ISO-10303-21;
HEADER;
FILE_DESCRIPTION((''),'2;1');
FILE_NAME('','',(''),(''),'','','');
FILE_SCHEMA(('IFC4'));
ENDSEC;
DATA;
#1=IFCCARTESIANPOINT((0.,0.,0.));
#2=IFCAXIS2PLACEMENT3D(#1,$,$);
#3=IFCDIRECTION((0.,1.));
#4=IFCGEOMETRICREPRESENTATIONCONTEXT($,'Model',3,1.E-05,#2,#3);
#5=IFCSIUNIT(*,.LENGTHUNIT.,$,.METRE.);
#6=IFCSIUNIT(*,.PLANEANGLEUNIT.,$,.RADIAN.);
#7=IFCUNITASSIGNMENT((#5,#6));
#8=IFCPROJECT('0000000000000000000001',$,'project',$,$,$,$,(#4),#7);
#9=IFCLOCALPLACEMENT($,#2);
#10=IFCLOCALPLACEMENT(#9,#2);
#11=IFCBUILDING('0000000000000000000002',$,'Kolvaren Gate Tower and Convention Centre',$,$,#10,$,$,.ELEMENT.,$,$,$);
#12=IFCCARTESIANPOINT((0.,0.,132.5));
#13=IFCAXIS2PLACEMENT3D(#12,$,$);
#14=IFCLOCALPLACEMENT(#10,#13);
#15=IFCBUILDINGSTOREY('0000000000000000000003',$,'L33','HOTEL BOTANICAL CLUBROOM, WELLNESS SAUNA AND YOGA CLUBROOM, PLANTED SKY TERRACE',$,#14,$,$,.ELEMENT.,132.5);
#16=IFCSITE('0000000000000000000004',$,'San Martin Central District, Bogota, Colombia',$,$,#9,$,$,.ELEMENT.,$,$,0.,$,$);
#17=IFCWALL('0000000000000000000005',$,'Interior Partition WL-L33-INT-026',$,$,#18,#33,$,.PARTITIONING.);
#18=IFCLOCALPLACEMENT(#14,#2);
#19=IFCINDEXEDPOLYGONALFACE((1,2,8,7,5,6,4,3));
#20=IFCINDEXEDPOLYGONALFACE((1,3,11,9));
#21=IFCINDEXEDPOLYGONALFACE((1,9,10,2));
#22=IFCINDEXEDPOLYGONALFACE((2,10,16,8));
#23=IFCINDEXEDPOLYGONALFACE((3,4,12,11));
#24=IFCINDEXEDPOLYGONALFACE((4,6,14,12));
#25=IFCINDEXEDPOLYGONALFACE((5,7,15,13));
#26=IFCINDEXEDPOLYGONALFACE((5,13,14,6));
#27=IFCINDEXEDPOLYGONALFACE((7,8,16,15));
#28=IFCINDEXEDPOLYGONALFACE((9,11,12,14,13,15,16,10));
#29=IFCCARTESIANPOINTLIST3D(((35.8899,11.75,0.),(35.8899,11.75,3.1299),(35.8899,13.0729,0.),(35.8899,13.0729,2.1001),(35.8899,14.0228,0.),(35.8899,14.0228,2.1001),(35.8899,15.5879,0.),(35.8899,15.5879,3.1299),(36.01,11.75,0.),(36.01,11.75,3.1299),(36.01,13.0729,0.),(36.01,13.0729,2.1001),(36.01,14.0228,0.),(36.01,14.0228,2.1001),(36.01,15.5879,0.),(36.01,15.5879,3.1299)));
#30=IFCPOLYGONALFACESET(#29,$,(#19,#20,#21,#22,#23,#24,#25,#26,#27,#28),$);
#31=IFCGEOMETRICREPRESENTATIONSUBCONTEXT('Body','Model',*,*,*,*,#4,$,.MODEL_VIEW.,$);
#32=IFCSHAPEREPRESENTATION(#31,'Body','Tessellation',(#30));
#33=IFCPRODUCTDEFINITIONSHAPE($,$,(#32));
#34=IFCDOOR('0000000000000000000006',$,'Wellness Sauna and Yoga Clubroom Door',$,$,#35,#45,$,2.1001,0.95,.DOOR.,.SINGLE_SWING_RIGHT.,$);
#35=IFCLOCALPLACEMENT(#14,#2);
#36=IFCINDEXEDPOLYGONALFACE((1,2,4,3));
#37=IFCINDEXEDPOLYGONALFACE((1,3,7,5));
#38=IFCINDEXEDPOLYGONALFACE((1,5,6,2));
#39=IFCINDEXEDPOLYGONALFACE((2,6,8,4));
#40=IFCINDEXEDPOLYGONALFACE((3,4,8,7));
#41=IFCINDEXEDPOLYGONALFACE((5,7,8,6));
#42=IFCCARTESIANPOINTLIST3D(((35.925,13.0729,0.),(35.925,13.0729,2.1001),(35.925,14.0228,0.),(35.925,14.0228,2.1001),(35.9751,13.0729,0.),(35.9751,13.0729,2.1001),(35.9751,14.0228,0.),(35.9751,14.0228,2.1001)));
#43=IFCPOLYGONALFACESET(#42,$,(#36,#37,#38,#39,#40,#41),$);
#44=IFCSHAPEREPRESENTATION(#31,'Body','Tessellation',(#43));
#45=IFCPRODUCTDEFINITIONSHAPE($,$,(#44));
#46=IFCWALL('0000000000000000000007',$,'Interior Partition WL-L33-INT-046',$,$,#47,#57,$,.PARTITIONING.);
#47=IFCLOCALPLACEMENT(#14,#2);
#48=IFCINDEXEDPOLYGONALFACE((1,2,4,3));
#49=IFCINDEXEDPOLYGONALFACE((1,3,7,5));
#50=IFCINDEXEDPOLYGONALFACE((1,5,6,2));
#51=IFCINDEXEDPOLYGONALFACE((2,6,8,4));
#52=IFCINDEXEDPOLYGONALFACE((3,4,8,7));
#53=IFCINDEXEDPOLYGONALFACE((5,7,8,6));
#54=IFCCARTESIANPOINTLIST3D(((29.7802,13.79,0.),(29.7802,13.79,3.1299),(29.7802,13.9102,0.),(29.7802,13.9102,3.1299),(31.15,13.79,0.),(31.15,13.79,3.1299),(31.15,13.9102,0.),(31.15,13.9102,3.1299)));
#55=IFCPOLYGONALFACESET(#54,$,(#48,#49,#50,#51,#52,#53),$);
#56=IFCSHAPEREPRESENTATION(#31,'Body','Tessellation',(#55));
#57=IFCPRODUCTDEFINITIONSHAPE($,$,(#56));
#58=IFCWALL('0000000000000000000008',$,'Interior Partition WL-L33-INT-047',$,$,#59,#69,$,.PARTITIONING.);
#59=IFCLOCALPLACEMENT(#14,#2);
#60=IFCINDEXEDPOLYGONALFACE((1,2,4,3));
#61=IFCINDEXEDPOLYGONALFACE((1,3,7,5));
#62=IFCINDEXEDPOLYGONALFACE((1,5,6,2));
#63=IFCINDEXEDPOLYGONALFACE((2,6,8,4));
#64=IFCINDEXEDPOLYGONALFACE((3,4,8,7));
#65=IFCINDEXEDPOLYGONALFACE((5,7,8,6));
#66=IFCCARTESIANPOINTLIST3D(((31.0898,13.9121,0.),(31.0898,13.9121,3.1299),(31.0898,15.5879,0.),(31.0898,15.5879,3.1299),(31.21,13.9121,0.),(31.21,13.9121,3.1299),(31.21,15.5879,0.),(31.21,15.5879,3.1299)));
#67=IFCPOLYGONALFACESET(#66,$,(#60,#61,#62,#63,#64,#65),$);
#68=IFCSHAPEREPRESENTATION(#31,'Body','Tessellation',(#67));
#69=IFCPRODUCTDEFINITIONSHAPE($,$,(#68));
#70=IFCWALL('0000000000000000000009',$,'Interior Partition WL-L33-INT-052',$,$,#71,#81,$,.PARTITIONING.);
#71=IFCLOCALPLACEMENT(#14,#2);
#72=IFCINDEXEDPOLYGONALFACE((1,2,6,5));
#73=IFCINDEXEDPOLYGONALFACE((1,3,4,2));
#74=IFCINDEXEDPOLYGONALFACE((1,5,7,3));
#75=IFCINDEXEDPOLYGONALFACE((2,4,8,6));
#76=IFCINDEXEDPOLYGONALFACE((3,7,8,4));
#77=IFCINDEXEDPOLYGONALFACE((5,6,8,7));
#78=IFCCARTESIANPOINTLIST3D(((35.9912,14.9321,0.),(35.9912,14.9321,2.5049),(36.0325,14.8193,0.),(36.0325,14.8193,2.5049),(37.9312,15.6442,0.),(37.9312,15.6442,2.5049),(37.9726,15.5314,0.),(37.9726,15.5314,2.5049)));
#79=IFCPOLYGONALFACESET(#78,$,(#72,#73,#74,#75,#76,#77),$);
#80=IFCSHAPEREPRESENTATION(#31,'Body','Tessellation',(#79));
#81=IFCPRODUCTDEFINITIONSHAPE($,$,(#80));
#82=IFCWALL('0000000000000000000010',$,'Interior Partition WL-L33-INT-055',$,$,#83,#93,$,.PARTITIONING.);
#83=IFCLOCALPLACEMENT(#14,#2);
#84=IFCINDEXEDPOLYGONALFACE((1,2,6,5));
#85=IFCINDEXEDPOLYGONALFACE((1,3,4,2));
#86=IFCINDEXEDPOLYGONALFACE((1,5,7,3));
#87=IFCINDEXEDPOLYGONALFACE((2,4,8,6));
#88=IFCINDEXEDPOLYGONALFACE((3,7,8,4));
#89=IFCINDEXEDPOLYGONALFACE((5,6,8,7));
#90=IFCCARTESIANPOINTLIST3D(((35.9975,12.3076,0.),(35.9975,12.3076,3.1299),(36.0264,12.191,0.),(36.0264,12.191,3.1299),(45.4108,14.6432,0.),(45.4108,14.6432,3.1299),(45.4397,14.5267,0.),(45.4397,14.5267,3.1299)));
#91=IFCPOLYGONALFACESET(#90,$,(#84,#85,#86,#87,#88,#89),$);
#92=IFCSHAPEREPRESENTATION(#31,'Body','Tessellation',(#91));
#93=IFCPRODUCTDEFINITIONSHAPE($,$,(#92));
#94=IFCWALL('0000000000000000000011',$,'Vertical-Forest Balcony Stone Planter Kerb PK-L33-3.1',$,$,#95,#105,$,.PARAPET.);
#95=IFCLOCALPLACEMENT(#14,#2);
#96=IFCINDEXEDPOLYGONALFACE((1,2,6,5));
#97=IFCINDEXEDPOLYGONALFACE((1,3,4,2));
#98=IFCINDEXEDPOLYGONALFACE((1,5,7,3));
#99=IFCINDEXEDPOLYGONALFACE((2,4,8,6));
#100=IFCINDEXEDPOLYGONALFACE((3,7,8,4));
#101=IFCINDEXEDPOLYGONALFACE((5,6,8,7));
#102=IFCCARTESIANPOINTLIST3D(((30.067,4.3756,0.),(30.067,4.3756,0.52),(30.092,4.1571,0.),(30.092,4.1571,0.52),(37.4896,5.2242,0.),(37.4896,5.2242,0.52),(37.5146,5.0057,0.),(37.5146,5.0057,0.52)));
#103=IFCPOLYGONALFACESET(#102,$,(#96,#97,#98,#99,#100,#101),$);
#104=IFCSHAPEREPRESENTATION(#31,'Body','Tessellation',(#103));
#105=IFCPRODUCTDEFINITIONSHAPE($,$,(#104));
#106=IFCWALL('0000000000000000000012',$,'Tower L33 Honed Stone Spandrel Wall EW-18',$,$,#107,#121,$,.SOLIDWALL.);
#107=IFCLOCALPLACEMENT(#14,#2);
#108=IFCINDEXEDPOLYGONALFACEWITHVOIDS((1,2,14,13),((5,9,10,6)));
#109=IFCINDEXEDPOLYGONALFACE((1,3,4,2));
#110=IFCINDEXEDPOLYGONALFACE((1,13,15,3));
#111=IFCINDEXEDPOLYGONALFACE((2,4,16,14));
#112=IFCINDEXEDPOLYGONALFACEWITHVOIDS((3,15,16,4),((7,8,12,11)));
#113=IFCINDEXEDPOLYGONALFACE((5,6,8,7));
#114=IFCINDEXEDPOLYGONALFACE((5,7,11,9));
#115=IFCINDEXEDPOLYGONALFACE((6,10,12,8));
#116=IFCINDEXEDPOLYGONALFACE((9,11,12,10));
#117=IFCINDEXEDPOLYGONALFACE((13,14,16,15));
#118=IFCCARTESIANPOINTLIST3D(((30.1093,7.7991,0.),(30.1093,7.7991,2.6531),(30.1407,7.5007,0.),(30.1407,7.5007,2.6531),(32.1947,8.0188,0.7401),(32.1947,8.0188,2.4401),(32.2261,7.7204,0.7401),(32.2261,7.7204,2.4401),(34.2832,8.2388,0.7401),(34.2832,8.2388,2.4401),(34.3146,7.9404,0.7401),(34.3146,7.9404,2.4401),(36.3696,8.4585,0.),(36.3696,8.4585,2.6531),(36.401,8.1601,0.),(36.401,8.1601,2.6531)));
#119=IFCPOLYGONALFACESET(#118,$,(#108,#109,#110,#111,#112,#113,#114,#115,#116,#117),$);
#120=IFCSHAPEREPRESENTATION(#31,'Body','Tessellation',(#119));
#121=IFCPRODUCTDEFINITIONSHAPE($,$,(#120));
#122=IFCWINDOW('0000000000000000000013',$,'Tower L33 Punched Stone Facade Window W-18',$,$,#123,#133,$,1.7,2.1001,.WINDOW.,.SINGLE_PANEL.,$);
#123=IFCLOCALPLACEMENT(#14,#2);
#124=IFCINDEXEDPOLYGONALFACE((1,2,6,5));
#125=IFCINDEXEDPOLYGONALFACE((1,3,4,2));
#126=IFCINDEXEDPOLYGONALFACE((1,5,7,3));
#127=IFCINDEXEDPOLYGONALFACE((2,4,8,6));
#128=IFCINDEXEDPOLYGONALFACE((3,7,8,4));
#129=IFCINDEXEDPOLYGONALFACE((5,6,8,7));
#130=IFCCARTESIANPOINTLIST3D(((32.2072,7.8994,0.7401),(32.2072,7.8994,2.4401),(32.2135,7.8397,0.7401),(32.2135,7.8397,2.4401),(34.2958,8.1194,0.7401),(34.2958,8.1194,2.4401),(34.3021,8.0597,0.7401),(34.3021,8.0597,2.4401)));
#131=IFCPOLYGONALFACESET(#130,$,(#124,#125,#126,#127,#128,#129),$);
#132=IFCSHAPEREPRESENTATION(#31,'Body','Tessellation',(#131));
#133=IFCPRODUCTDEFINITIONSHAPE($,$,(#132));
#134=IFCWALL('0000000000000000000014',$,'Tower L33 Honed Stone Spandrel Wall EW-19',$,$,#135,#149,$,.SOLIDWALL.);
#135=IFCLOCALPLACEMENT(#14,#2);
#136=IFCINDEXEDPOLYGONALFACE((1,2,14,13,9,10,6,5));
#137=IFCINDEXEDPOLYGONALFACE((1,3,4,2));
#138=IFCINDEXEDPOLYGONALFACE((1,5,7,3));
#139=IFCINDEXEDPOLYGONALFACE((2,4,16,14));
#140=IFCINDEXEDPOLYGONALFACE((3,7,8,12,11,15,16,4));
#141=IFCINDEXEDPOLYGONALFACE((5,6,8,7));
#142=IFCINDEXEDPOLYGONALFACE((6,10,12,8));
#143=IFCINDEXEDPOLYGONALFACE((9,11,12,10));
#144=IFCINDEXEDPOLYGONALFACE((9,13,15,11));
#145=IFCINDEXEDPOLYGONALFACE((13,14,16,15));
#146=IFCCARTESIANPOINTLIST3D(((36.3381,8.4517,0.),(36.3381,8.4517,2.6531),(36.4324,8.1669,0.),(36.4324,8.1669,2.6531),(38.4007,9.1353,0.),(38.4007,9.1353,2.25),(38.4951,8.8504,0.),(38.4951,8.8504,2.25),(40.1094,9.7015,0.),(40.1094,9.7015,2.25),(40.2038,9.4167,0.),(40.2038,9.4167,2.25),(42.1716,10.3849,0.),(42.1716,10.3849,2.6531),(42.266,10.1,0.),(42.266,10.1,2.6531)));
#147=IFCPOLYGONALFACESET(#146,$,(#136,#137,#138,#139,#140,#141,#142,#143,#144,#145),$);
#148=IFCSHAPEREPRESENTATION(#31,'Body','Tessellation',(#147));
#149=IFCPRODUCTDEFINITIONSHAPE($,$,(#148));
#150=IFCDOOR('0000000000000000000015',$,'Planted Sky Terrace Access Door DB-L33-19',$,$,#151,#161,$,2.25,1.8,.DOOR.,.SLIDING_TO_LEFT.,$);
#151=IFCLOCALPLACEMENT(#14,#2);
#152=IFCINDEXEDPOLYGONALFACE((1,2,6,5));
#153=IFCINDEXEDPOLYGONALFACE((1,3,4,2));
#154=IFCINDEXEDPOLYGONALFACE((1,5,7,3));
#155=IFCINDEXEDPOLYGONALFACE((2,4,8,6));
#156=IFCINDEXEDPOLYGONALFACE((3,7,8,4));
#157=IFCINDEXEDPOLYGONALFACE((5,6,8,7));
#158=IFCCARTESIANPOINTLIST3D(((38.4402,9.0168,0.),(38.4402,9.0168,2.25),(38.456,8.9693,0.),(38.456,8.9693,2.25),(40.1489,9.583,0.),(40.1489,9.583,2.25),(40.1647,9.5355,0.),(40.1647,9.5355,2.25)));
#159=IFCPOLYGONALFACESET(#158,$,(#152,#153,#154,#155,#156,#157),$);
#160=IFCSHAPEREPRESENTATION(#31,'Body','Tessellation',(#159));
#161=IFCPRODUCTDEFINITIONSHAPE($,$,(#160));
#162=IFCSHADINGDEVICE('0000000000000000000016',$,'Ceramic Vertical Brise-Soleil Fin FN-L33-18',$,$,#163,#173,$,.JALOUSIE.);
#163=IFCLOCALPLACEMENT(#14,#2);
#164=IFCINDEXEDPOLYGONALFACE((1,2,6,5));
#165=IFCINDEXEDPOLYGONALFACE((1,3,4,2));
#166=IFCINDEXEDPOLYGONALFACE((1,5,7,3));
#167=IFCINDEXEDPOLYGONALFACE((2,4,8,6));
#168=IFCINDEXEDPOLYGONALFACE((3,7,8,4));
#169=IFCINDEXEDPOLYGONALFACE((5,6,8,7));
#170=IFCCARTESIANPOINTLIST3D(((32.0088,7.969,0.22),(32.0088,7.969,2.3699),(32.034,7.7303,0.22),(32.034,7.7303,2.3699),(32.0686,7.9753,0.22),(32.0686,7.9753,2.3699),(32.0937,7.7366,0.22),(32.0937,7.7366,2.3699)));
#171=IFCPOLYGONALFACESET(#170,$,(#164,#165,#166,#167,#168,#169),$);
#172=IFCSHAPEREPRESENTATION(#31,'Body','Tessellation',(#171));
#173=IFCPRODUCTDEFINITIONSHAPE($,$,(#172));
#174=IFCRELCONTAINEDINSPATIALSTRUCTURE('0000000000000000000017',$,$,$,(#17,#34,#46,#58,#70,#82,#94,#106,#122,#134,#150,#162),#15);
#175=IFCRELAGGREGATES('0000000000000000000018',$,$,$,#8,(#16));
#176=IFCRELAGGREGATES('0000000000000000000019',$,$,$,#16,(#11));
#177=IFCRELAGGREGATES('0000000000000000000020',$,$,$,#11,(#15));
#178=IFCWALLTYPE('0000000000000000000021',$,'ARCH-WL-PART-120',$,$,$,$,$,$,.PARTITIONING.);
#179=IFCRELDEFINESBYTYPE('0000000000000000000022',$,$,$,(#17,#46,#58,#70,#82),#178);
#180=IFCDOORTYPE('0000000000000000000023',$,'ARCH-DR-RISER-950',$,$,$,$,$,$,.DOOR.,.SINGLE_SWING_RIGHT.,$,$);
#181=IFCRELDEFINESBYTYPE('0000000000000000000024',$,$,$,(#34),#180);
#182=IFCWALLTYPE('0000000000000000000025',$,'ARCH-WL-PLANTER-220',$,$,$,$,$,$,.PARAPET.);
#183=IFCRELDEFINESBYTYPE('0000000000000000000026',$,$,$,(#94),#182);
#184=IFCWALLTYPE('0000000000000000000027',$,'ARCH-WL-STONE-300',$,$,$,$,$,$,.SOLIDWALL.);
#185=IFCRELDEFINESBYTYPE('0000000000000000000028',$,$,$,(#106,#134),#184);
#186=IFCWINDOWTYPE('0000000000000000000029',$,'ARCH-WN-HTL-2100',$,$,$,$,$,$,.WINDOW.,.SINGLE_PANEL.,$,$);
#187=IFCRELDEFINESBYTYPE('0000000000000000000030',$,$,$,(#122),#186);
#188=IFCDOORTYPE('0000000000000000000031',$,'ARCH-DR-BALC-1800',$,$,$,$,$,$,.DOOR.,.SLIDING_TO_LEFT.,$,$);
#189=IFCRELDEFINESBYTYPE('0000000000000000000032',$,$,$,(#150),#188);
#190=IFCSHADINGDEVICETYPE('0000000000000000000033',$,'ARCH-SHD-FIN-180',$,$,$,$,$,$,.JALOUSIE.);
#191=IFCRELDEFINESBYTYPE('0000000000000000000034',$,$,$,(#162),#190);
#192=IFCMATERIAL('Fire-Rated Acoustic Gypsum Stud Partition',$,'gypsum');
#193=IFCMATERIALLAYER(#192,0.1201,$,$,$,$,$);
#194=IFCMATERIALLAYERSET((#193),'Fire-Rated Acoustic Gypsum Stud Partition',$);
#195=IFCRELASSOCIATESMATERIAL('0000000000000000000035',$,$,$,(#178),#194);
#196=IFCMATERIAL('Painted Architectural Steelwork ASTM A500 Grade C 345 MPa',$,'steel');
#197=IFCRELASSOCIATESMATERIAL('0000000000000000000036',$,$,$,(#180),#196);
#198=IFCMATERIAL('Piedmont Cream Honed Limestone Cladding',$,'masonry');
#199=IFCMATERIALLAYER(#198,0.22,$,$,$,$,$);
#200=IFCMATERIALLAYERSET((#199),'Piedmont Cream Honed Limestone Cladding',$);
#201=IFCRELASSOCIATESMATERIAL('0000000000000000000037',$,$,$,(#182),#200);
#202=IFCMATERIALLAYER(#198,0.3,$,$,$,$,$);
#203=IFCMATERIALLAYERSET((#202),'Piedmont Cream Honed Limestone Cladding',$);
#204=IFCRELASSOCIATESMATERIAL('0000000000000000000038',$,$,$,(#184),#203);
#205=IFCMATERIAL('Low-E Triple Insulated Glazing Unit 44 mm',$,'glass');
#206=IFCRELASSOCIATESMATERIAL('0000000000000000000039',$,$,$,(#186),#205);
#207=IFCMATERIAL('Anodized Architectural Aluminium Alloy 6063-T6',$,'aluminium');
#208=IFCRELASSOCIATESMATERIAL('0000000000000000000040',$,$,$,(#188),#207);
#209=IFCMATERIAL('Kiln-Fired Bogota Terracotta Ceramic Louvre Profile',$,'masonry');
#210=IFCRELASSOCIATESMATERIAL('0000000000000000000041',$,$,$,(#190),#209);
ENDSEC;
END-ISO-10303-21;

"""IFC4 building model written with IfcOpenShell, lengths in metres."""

from ifc_helpers import new_model, si_unit, direction, frame, frame_2d, origin, origin_2d, place, context, subcontext, project, spatial, rectangle, extrude, material, layer, layer_set, type_object, element, fill, save


model = new_model("IFC4")

# Units and contexts
model_context = context("Model", 3, precision=1e-05, world=origin(), true_north=direction((0.0, 1.0)))
body_context = subcontext(model_context, "Body", "Model", "MODEL_VIEW")
ifc_project = project(units=[si_unit("LENGTHUNIT", "METRE"), si_unit("PLANEANGLEUNIT", "RADIAN")], contexts=[model_context])

# Site, building, storey
site_placement = place(None, origin())
site = spatial("IfcSite", under=ifc_project, at=site_placement, Name="San Martin Central District, Bogota, Colombia", CompositionType="ELEMENT", RefElevation=0.0)
building_placement = place(site_placement, origin())
building = spatial("IfcBuilding", under=site, at=building_placement, Name="Kolvaren Gate Tower and Convention Centre", CompositionType="ELEMENT")
storey_placement = place(building_placement, frame((0.0, 0.0, 132.5)))
storey = spatial("IfcBuildingStorey", under=building, at=storey_placement, Name="L33", Description="HOTEL BOTANICAL CLUBROOM, WELLNESS SAUNA AND YOGA CLUBROOM, PLANTED SKY TERRACE", CompositionType="ELEMENT", Elevation=132.5)

# Wall, opening, door
ifc_material_1 = material(Name="Fire-Rated Acoustic Gypsum Stud Partition", Category="gypsum")
ifc_layer_1 = layer(ifc_material_1, 0.1201)
ifc_layer_set_1 = layer_set([ifc_layer_1], Name="Fire-Rated Acoustic Gypsum Stud Partition")
wall_type_1 = type_object("IfcWallType", Name="ARCH-WL-PART-120", PredefinedType="PARTITIONING", material=ifc_layer_set_1)
wall_1_placement = place(storey_placement, frame((35.95, 11.75, 0.0), z_axis=(0.0, 0.0, 1.0), x_axis=(0.0, 1.0, 0.0)))
wall_1 = element("IfcWall", 1, at=wall_1_placement, inside=storey, type_object=wall_type_1, Name="Interior Partition WL-L33-INT-026", PredefinedType="PARTITIONING", context=body_context, shape_type="SweptSolid", body=[
    extrude(rectangle(XDim=3.8379, YDim=0.1201, at=frame_2d((1.9189, 0.0))), origin(), (0.0, 0.0, 1.0), 3.1299),
])
opening_1_placement = place(wall_1_placement, frame((1.3228, 0.0, 0.0)))
opening_1 = element("IfcOpeningElement", 2, at=opening_1_placement, cuts=wall_1, PredefinedType="OPENING", context=body_context, shape_type="SweptSolid", body=[
    extrude(rectangle(XDim=0.95, YDim=2.1001, at=frame_2d((0.4751, 1.05))), frame((0.0, 0.0701, 0.0), z_axis=(0.0, -1.0, 0.0), x_axis=(1.0, 0.0, 0.0)), (0.0, 0.0, 1.0), 0.1401),
])
ifc_material_2 = material(Name="Painted Architectural Steelwork ASTM A500 Grade C 345 MPa", Category="steel")
door_type_1 = type_object("IfcDoorType", Name="ARCH-DR-RISER-950", OperationType="SINGLE_SWING_RIGHT", PredefinedType="DOOR", material=ifc_material_2)
door_1_placement = place(opening_1_placement, origin())
door_1 = element("IfcDoor", 3, at=door_1_placement, inside=storey, type_object=door_type_1, Name="Wellness Sauna and Yoga Clubroom Door", OperationType="SINGLE_SWING_RIGHT", OverallHeight=2.1001, OverallWidth=0.95, PredefinedType="DOOR", context=body_context, shape_type="SweptSolid", body=[
    extrude(rectangle(XDim=0.95, YDim=2.1001, at=frame_2d((0.4751, 1.05))), frame((0.0, 0.0249, 0.0), z_axis=(0.0, -1.0, 0.0), x_axis=(1.0, 0.0, 0.0)), (0.0, 0.0, 1.0), 0.05),
])
fill(opening_1, door_1)

# Walls
wall_2_placement = place(storey_placement, frame((29.78, 13.8501, 0.0), z_axis=(0.0, 0.0, 1.0), x_axis=(1.0, 0.0, 0.0)))
element("IfcWall", 4, at=wall_2_placement, inside=storey, type_object=wall_type_1, Name="Interior Partition WL-L33-INT-046", PredefinedType="PARTITIONING", context=body_context, shape_type="SweptSolid", body=[
    extrude(rectangle(XDim=1.3699, YDim=0.1201, at=frame_2d((0.6851, 0.0))), origin(), (0.0, 0.0, 1.0), 3.1299),
])
wall_3_placement = place(storey_placement, frame((31.1499, 13.9121, 0.0), z_axis=(0.0, 0.0, 1.0), x_axis=(0.0, 1.0, 0.0)))
element("IfcWall", 5, at=wall_3_placement, inside=storey, type_object=wall_type_1, Name="Interior Partition WL-L33-INT-047", PredefinedType="PARTITIONING", context=body_context, shape_type="SweptSolid", body=[
    extrude(rectangle(XDim=1.6758, YDim=0.1201, at=frame_2d((0.8379, 0.0))), origin(), (0.0, 0.0, 1.0), 3.1299),
])
wall_4_placement = place(storey_placement, frame((36.012, 14.8757, 0.0), z_axis=(0.0, 0.0, 1.0), x_axis=(0.938758, 0.344577, 0.0)))
element("IfcWall", 6, at=wall_4_placement, inside=storey, type_object=wall_type_1, Name="Interior Partition WL-L33-INT-052", PredefinedType="PARTITIONING", context=body_context, shape_type="SweptSolid", body=[
    extrude(rectangle(XDim=2.0667, YDim=0.1201, at=frame_2d((1.0332, 0.0))), origin(), (0.0, 0.0, 1.0), 2.5049),
])
wall_5_placement = place(storey_placement, frame((36.012, 12.2493, 0.0), z_axis=(0.0, 0.0, 1.0), x_axis=(0.970569, 0.240824, 0.0)))
element("IfcWall", 7, at=wall_5_placement, inside=storey, type_object=wall_type_1, Name="Interior Partition WL-L33-INT-055", PredefinedType="PARTITIONING", context=body_context, shape_type="SweptSolid", body=[
    extrude(rectangle(XDim=9.6987, YDim=0.1201, at=frame_2d((4.8494, 0.0))), origin(), (0.0, 0.0, 1.0), 3.1299),
])
ifc_material_3 = material(Name="Piedmont Cream Honed Limestone Cladding", Category="masonry")
ifc_layer_2 = layer(ifc_material_3, 0.22)
ifc_layer_set_2 = layer_set([ifc_layer_2], Name="Piedmont Cream Honed Limestone Cladding")
wall_type_2 = type_object("IfcWallType", Name="ARCH-WL-PLANTER-220", PredefinedType="PARAPET", material=ifc_layer_set_2)
wall_6_placement = place(storey_placement, frame((30.0796, 4.2664, 0.0), z_axis=(0.0, 0.0, 1.0), x_axis=(0.993528, 0.113591, 0.0)))
element("IfcWall", 8, at=wall_6_placement, inside=storey, type_object=wall_type_2, Name="Vertical-Forest Balcony Stone Planter Kerb PK-L33-3.1", PredefinedType="PARAPET", context=body_context, shape_type="SweptSolid", body=[
    extrude(rectangle(XDim=7.4709, YDim=0.22, at=frame_2d((3.7354, 0.0))), origin(), (0.0, 0.0, 1.0), 0.52),
])

# Wall, opening, window
ifc_layer_3 = layer(ifc_material_3, 0.3)
ifc_layer_set_3 = layer_set([ifc_layer_3], Name="Piedmont Cream Honed Limestone Cladding")
wall_type_3 = type_object("IfcWallType", Name="ARCH-WL-STONE-300", PredefinedType="SOLIDWALL", material=ifc_layer_set_3)
wall_7_placement = place(storey_placement, frame((30.125, 7.6499, 0.0), z_axis=(0.0, 0.0, 1.0), x_axis=(0.994498, 0.104755, 0.0)))
wall_7 = element("IfcWall", 9, at=wall_7_placement, inside=storey, type_object=wall_type_3, Name="Tower L33 Honed Stone Spandrel Wall EW-18", PredefinedType="SOLIDWALL", context=body_context, shape_type="SweptSolid", body=[
    extrude(rectangle(XDim=6.2949, YDim=0.3, at=frame_2d((3.1475, 0.0))), origin(), (0.0, 0.0, 1.0), 2.6531),
])
opening_2_placement = place(wall_7_placement, frame((2.0969, 0.0, 0.74)))
opening_2 = element("IfcOpeningElement", 10, at=opening_2_placement, cuts=wall_7, PredefinedType="OPENING", context=body_context, shape_type="SweptSolid", body=[
    extrude(rectangle(XDim=2.1001, YDim=1.7, at=frame_2d((1.05, 0.8501))), frame((0.0, 0.1599, 0.0), z_axis=(0.0, -1.0, 0.0), x_axis=(1.0, 0.0, 0.0)), (0.0, 0.0, 1.0), 0.3201),
])
ifc_material_4 = material(Name="Low-E Triple Insulated Glazing Unit 44 mm", Category="glass")
window_type = type_object("IfcWindowType", Name="ARCH-WN-HTL-2100", PartitioningType="SINGLE_PANEL", PredefinedType="WINDOW", material=ifc_material_4)
window_placement = place(opening_2_placement, origin())
window = element("IfcWindow", 11, at=window_placement, inside=storey, type_object=window_type, Name="Tower L33 Punched Stone Facade Window W-18", OverallHeight=1.7, OverallWidth=2.1001, PartitioningType="SINGLE_PANEL", PredefinedType="WINDOW", context=body_context, shape_type="SweptSolid", body=[
    extrude(rectangle(XDim=2.1001, YDim=1.7, at=frame_2d((1.05, 0.8501))), frame((0.0, 0.03, 0.0), z_axis=(0.0, -1.0, 0.0), x_axis=(1.0, 0.0, 0.0)), (0.0, 0.0, 1.0), 0.0601),
])
fill(opening_2, window)

# Wall, opening, door
wall_8_placement = place(storey_placement, frame((36.3853, 8.3093, 0.0), z_axis=(0.0, 0.0, 1.0), x_axis=(0.949238, 0.314559, 0.0)))
wall_8 = element("IfcWall", 12, at=wall_8_placement, inside=storey, type_object=wall_type_3, Name="Tower L33 Honed Stone Spandrel Wall EW-19", PredefinedType="SOLIDWALL", context=body_context, shape_type="SweptSolid", body=[
    extrude(rectangle(XDim=6.1455, YDim=0.3, at=frame_2d((3.0728, 0.0))), origin(), (0.0, 0.0, 1.0), 2.6531),
])
opening_3_placement = place(wall_8_placement, frame((2.1731, 0.0, 0.0)))
opening_3 = element("IfcOpeningElement", 13, at=opening_3_placement, cuts=wall_8, PredefinedType="OPENING", context=body_context, shape_type="SweptSolid", body=[
    extrude(rectangle(XDim=1.8, YDim=2.25, at=frame_2d((0.8999, 1.125))), frame((0.0, 0.1599, 0.0), z_axis=(0.0, -1.0, 0.0), x_axis=(1.0, 0.0, 0.0)), (0.0, 0.0, 1.0), 0.3201),
])
ifc_material_5 = material(Name="Anodized Architectural Aluminium Alloy 6063-T6", Category="aluminium")
door_type_2 = type_object("IfcDoorType", Name="ARCH-DR-BALC-1800", OperationType="SLIDING_TO_LEFT", PredefinedType="DOOR", material=ifc_material_5)
door_2_placement = place(opening_3_placement, frame((1.8, 0.0, 0.0), z_axis=(0.0, 0.0, 1.0), x_axis=(-1.0, 0.0, 0.0)))
door_2 = element("IfcDoor", 14, at=door_2_placement, inside=storey, type_object=door_type_2, Name="Planted Sky Terrace Access Door DB-L33-19", OperationType="SLIDING_TO_LEFT", OverallHeight=2.25, OverallWidth=1.8, PredefinedType="DOOR", context=body_context, shape_type="SweptSolid", body=[
    extrude(rectangle(XDim=1.8, YDim=2.25, at=frame_2d((0.8999, 1.125))), frame((0.0, 0.0249, 0.0), z_axis=(0.0, -1.0, 0.0), x_axis=(1.0, 0.0, 0.0)), (0.0, 0.0, 1.0), 0.05),
])
fill(opening_3, door_2)

# Shading device
ifc_material_6 = material(Name="Kiln-Fired Bogota Terracotta Ceramic Louvre Profile", Category="masonry")
shading_device_type = type_object("IfcShadingDeviceType", Name="ARCH-SHD-FIN-180", PredefinedType="JALOUSIE", material=ifc_material_6)
shading_device_placement = place(storey_placement, frame((32.0513, 7.8528, 0.22), z_axis=(0.0, 0.0, 1.0), x_axis=(0.9945, 0.104737, 0.0)))
element("IfcShadingDevice", 15, at=shading_device_placement, inside=storey, type_object=shading_device_type, Name="Ceramic Vertical Brise-Soleil Fin FN-L33-18", PredefinedType="JALOUSIE", context=body_context, shape_type="SweptSolid", body=[
    extrude(rectangle(XDim=0.0601, YDim=0.24, at=origin_2d()), origin(), (0.0, 0.0, 1.0), 2.1499),
])

save(model, "model.ifc")
